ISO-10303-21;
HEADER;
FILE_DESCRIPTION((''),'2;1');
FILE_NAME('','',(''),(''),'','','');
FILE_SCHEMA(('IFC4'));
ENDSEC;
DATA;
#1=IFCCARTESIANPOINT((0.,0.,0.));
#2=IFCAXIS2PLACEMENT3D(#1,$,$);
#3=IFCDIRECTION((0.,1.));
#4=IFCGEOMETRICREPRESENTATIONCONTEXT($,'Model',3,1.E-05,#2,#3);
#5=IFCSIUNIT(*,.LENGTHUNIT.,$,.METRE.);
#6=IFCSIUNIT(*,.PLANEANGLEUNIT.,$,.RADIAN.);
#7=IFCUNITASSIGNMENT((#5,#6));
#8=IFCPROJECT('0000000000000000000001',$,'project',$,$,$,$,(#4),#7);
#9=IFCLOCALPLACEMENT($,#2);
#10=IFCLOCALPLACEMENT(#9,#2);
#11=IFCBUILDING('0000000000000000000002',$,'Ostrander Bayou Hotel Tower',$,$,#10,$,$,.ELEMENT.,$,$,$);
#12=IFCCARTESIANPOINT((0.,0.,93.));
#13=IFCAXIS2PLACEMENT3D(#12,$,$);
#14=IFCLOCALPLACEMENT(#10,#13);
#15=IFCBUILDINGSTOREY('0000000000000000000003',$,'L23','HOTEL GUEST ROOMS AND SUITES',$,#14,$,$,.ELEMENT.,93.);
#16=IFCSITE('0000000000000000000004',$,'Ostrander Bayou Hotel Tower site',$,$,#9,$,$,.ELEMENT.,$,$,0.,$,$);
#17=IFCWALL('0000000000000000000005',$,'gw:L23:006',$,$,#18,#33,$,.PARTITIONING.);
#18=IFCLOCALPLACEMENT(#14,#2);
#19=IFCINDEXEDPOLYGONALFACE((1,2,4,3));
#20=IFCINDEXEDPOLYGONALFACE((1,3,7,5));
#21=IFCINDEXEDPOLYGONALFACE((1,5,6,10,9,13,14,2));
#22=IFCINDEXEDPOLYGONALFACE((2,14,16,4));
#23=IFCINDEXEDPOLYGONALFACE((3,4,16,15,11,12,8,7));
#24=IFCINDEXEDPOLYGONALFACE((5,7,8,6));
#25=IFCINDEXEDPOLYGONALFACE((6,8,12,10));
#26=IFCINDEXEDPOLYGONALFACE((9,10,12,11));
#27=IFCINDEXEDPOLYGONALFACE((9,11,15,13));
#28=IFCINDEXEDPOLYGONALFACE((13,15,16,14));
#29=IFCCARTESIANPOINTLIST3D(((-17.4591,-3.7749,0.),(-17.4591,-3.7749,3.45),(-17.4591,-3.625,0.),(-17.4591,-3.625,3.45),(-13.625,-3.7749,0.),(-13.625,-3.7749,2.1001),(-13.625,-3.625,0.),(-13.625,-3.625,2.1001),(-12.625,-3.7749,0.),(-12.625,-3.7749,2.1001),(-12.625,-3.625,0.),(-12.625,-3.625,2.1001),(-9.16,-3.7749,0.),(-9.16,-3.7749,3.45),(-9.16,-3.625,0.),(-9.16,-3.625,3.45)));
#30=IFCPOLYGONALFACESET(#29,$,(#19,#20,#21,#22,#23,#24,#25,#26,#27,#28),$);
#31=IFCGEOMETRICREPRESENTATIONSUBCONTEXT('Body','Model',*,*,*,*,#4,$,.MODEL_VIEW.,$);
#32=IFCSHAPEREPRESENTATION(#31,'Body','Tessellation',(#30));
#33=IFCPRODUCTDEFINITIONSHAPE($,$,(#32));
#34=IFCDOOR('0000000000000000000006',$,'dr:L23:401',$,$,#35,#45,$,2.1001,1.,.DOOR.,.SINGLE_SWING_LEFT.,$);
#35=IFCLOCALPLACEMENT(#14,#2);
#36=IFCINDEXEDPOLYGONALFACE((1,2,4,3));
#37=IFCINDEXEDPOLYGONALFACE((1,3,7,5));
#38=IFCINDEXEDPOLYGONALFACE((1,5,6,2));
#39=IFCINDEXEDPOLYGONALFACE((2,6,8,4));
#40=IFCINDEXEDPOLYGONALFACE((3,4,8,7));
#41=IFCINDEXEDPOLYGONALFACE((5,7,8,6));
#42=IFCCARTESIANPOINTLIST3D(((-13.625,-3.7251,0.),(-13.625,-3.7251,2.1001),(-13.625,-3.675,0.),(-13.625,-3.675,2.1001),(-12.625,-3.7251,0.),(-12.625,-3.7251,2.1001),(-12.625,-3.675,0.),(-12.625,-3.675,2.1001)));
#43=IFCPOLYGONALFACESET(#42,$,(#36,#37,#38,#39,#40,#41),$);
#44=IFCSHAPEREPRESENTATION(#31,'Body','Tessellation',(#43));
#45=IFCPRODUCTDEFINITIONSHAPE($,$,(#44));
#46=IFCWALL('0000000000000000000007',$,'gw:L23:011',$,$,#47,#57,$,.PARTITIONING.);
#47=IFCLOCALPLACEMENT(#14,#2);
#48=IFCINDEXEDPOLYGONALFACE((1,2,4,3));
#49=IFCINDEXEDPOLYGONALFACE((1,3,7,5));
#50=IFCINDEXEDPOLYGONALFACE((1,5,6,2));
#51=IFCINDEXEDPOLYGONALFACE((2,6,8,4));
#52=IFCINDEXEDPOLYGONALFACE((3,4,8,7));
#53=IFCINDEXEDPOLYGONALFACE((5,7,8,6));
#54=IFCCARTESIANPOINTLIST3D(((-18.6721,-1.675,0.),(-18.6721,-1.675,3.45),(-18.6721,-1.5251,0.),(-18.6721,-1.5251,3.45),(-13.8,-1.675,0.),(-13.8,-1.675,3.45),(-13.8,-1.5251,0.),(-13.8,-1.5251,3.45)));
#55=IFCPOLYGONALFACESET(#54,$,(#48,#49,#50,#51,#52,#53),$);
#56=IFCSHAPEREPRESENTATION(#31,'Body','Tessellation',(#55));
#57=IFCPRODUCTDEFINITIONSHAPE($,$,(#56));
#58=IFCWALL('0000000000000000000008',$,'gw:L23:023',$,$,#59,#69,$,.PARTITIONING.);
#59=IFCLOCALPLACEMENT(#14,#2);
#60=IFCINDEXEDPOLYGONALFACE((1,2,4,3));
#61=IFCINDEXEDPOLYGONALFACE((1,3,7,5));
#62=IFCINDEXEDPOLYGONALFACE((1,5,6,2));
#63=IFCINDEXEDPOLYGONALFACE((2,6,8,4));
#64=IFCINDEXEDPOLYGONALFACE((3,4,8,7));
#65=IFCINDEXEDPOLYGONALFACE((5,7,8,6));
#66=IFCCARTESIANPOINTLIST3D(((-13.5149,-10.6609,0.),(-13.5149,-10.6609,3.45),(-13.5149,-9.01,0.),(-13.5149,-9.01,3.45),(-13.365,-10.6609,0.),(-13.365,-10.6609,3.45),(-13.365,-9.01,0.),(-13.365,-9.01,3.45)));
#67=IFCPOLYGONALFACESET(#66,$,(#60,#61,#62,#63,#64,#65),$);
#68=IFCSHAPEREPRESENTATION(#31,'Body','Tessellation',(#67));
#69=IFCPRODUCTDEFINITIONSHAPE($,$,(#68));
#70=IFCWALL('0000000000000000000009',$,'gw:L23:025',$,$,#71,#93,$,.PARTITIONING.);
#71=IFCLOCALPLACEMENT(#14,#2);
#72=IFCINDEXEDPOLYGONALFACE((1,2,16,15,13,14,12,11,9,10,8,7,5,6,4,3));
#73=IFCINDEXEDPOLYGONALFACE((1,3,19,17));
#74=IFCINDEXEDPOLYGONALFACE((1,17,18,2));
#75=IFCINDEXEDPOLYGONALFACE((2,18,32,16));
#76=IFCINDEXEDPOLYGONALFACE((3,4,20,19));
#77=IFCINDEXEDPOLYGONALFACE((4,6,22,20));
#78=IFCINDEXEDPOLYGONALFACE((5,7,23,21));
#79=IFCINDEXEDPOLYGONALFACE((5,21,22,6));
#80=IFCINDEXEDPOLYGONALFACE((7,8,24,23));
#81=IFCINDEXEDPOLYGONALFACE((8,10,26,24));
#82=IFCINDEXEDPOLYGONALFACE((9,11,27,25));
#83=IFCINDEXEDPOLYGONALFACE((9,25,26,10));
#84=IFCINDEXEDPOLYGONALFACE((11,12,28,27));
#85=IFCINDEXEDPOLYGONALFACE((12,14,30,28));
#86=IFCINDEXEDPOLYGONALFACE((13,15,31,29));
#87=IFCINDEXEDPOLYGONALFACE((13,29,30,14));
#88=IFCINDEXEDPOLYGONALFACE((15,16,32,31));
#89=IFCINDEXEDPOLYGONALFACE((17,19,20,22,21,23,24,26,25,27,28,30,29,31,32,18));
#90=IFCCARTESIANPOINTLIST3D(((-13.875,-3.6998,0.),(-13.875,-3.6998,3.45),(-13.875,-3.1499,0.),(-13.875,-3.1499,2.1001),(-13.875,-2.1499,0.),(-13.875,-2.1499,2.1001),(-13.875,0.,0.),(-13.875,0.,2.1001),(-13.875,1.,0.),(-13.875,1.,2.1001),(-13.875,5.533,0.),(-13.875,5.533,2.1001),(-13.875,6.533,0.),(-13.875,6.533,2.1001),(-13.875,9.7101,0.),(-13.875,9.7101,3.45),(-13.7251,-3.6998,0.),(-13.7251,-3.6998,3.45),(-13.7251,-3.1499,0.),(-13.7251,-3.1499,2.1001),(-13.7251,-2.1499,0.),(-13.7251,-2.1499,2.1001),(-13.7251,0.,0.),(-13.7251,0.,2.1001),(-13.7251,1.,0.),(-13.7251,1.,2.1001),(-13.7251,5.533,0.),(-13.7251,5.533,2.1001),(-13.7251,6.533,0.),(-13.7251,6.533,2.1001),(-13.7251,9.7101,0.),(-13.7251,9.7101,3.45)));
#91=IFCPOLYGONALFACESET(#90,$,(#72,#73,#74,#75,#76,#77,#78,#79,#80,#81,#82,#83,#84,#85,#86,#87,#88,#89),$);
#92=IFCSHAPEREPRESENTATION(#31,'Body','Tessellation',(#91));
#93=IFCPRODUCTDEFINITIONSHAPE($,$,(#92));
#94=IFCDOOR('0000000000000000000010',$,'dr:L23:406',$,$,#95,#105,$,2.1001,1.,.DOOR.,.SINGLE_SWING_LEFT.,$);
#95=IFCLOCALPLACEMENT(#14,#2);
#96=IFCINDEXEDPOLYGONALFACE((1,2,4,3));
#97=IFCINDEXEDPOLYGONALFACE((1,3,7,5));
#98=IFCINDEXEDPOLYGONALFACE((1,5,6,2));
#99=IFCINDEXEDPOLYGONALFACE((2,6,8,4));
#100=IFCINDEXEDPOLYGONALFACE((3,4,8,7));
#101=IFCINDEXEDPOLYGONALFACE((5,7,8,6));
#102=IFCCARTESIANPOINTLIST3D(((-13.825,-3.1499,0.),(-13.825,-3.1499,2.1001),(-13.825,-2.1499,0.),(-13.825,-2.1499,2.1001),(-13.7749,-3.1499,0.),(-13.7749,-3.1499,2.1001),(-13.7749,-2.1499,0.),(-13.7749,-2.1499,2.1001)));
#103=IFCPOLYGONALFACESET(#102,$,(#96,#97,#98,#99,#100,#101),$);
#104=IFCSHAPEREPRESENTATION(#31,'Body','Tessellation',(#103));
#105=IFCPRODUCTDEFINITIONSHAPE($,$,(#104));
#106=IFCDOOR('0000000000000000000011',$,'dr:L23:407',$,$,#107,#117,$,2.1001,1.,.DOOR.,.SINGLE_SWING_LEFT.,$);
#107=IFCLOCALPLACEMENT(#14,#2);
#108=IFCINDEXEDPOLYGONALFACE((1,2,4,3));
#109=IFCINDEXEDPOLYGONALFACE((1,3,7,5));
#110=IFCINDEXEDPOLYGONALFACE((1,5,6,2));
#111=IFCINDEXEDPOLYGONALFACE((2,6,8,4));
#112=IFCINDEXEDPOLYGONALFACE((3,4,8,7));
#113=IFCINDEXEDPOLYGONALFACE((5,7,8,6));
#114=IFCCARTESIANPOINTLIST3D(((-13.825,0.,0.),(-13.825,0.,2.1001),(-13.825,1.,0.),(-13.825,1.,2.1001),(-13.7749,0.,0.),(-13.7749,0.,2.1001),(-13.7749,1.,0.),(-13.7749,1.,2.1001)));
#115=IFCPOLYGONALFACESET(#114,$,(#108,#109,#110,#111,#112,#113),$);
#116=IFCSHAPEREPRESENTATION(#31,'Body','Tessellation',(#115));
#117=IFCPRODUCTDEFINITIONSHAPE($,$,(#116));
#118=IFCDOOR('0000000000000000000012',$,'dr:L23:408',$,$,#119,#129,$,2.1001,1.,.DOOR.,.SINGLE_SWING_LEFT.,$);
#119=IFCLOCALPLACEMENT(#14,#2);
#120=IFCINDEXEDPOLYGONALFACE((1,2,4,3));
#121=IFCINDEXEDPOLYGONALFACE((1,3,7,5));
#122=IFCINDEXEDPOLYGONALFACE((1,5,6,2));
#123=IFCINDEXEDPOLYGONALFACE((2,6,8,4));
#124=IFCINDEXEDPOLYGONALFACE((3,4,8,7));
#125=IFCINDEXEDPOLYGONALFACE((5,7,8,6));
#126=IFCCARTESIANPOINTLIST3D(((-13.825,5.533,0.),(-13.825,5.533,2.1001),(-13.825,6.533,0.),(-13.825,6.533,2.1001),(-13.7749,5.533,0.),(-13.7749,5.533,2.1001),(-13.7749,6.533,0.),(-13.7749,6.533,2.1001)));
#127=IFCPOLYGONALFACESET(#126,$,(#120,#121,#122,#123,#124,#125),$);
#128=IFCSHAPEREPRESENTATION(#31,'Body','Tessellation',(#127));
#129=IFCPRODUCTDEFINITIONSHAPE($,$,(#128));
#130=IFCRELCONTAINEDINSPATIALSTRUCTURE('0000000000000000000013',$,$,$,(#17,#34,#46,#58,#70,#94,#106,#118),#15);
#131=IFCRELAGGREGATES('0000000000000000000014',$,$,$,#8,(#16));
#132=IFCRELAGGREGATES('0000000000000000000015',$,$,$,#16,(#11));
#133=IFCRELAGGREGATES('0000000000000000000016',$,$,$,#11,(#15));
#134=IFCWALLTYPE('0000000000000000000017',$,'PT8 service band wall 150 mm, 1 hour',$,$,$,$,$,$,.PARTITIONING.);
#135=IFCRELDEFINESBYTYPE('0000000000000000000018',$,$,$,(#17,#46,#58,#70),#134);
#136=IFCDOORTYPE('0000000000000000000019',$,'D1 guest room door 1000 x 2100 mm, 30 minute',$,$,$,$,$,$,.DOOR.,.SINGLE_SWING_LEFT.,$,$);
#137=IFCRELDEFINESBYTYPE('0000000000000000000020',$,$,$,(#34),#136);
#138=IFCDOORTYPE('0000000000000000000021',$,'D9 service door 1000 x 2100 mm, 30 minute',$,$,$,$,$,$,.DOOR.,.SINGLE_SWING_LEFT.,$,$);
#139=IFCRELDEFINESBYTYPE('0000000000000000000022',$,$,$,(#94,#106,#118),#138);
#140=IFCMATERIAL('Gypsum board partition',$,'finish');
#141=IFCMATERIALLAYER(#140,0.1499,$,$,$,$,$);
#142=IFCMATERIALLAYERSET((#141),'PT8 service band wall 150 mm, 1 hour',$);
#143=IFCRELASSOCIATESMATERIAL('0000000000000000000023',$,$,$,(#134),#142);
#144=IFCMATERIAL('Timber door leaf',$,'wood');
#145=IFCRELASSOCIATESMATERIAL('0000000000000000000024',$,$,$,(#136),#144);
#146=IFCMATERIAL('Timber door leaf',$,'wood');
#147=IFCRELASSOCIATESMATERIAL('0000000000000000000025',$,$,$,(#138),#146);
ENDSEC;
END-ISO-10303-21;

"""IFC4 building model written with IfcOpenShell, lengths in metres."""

from ifc_helpers import new_model, si_unit, direction, frame, frame_2d, origin, place, context, subcontext, project, spatial, rectangle, extrude, material, layer, layer_set, type_object, element, fill, save


model = new_model("IFC4")

# Units and contexts
model_context = context("Model", 3, precision=1e-05, world=origin(), true_north=direction((0.0, 1.0)))
body_context = subcontext(model_context, "Body", "Model", "MODEL_VIEW")
ifc_project = project(units=[si_unit("LENGTHUNIT", "METRE"), si_unit("PLANEANGLEUNIT", "RADIAN")], contexts=[model_context])

# Site, building, storey
site_placement = place(None, origin())
site = spatial("IfcSite", under=ifc_project, at=site_placement, Name="Ostrander Bayou Hotel Tower site", CompositionType="ELEMENT", RefElevation=0.0)
building_placement = place(site_placement, origin())
building = spatial("IfcBuilding", under=site, at=building_placement, Name="Ostrander Bayou Hotel Tower", CompositionType="ELEMENT")
storey_placement = place(building_placement, frame((0.0, 0.0, 93.0)))
storey = spatial("IfcBuildingStorey", under=building, at=storey_placement, Name="L23", Description="HOTEL GUEST ROOMS AND SUITES", CompositionType="ELEMENT", Elevation=93.0)

# Shared definitions
ifc_material_1 = material(Name="Gypsum board partition", Category="finish")
ifc_layer_1 = layer(ifc_material_1, 0.1499)
ifc_layer_set_1 = layer_set([ifc_layer_1], Name="PT8 service band wall 150 mm, 1 hour")
wall_type_1 = type_object("IfcWallType", Name="PT8 service band wall 150 mm, 1 hour", PredefinedType="PARTITIONING", material=ifc_layer_set_1)

# Wall, opening, door
wall_1_placement = place(storey_placement, frame((-17.459, -3.7, 0.0), z_axis=(0.0, 0.0, 1.0), x_axis=(1.0, 0.0, 0.0)))
wall_1 = element("IfcWall", 1, at=wall_1_placement, inside=storey, type_object=wall_type_1, Name="gw:L23:006", PredefinedType="PARTITIONING", context=body_context, shape_type="SweptSolid", body=[
    extrude(rectangle(XDim=8.2991, YDim=0.1499, at=frame_2d((4.1494, 0.0))), origin(), (0.0, 0.0, 1.0), 3.45),
])
opening_1_placement = place(wall_1_placement, frame((3.834, 0.0, 0.0)))
opening_1 = element("IfcOpeningElement", 2, at=opening_1_placement, cuts=wall_1, PredefinedType="OPENING", context=body_context, shape_type="SweptSolid", body=[
    extrude(rectangle(XDim=1.0, YDim=2.1001, at=frame_2d((0.5, 1.05))), frame((0.0, 0.075, 0.0), z_axis=(0.0, -1.0, 0.0), x_axis=(1.0, 0.0, 0.0)), (0.0, 0.0, 1.0), 0.1499),
])
ifc_material_2 = material(Name="Timber door leaf", Category="wood")
door_type_1 = type_object("IfcDoorType", Name="D1 guest room door 1000 x 2100 mm, 30 minute", OperationType="SINGLE_SWING_LEFT", PredefinedType="DOOR", material=ifc_material_2)
door_1_placement = place(opening_1_placement, origin())
door_1 = element("IfcDoor", 3, at=door_1_placement, inside=storey, type_object=door_type_1, Name="dr:L23:401", OperationType="SINGLE_SWING_LEFT", OverallHeight=2.1001, OverallWidth=1.0, PredefinedType="DOOR", context=body_context, shape_type="SweptSolid", body=[
    extrude(rectangle(XDim=1.0, YDim=2.1001, at=frame_2d((0.5, 1.05))), frame((0.0, 0.0249, 0.0), z_axis=(0.0, -1.0, 0.0), x_axis=(1.0, 0.0, 0.0)), (0.0, 0.0, 1.0), 0.05),
])
fill(opening_1, door_1)

# Walls
wall_2_placement = place(storey_placement, frame((-18.6721, -1.6001, 0.0), z_axis=(0.0, 0.0, 1.0), x_axis=(1.0, 0.0, 0.0)))
element("IfcWall", 4, at=wall_2_placement, inside=storey, type_object=wall_type_1, Name="gw:L23:011", PredefinedType="PARTITIONING", context=body_context, shape_type="SweptSolid", body=[
    extrude(rectangle(XDim=4.8721, YDim=0.1499, at=frame_2d((2.436, 0.0))), origin(), (0.0, 0.0, 1.0), 3.45),
])
wall_3_placement = place(storey_placement, frame((-13.4399, -10.6609, 0.0), z_axis=(0.0, 0.0, 1.0), x_axis=(0.0, 1.0, 0.0)))
element("IfcWall", 5, at=wall_3_placement, inside=storey, type_object=wall_type_1, Name="gw:L23:023", PredefinedType="PARTITIONING", context=body_context, shape_type="SweptSolid", body=[
    extrude(rectangle(XDim=1.6509, YDim=0.1499, at=frame_2d((0.8254, 0.0))), origin(), (0.0, 0.0, 1.0), 3.45),
])

# Wall, openings, doors
wall_4_placement = place(storey_placement, frame((-13.8, -3.7, 0.0), z_axis=(0.0, 0.0, 1.0), x_axis=(0.0, 1.0, 0.0)))
wall_4 = element("IfcWall", 6, at=wall_4_placement, inside=storey, type_object=wall_type_1, Name="gw:L23:025", PredefinedType="PARTITIONING", context=body_context, shape_type="SweptSolid", body=[
    extrude(rectangle(XDim=13.4099, YDim=0.1499, at=frame_2d((6.7051, 0.0))), origin(), (0.0, 0.0, 1.0), 3.45),
])
opening_2_placement = place(wall_4_placement, frame((0.55, 0.0, 0.0)))
opening_2 = element("IfcOpeningElement", 7, at=opening_2_placement, cuts=wall_4, PredefinedType="OPENING", context=body_context, shape_type="SweptSolid", body=[
    extrude(rectangle(XDim=1.0, YDim=2.1001, at=frame_2d((0.5, 1.05))), frame((0.0, 0.075, 0.0), z_axis=(0.0, -1.0, 0.0), x_axis=(1.0, 0.0, 0.0)), (0.0, 0.0, 1.0), 0.1499),
])
opening_3_placement = place(wall_4_placement, frame((3.7, 0.0, 0.0)))
opening_3 = element("IfcOpeningElement", 8, at=opening_3_placement, cuts=wall_4, PredefinedType="OPENING", context=body_context, shape_type="SweptSolid", body=[
    extrude(rectangle(XDim=1.0, YDim=2.1001, at=frame_2d((0.5, 1.05))), frame((0.0, 0.075, 0.0), z_axis=(0.0, -1.0, 0.0), x_axis=(1.0, 0.0, 0.0)), (0.0, 0.0, 1.0), 0.1499),
])
opening_4_placement = place(wall_4_placement, frame((9.2329, 0.0, 0.0)))
opening_4 = element("IfcOpeningElement", 9, at=opening_4_placement, cuts=wall_4, PredefinedType="OPENING", context=body_context, shape_type="SweptSolid", body=[
    extrude(rectangle(XDim=1.0, YDim=2.1001, at=frame_2d((0.5, 1.05))), frame((0.0, 0.075, 0.0), z_axis=(0.0, -1.0, 0.0), x_axis=(1.0, 0.0, 0.0)), (0.0, 0.0, 1.0), 0.1499),
])
ifc_material_3 = material(Name="Timber door leaf", Category="wood")
door_type_2 = type_object("IfcDoorType", Name="D9 service door 1000 x 2100 mm, 30 minute", OperationType="SINGLE_SWING_LEFT", PredefinedType="DOOR", material=ifc_material_3)
door_2_placement = place(opening_2_placement, origin())
door_2 = element("IfcDoor", 10, at=door_2_placement, inside=storey, type_object=door_type_2, Name="dr:L23:406", OperationType="SINGLE_SWING_LEFT", OverallHeight=2.1001, OverallWidth=1.0, PredefinedType="DOOR", context=body_context, shape_type="SweptSolid", body=[
    extrude(rectangle(XDim=1.0, YDim=2.1001, at=frame_2d((0.5, 1.05))), frame((0.0, 0.0249, 0.0), z_axis=(0.0, -1.0, 0.0), x_axis=(1.0, 0.0, 0.0)), (0.0, 0.0, 1.0), 0.05),
])
fill(opening_2, door_2)
door_3_placement = place(opening_3_placement, origin())
door_3 = element("IfcDoor", 11, at=door_3_placement, inside=storey, type_object=door_type_2, Name="dr:L23:407", OperationType="SINGLE_SWING_LEFT", OverallHeight=2.1001, OverallWidth=1.0, PredefinedType="DOOR", context=body_context, shape_type="SweptSolid", body=[
    extrude(rectangle(XDim=1.0, YDim=2.1001, at=frame_2d((0.5, 1.05))), frame((0.0, 0.0249, 0.0), z_axis=(0.0, -1.0, 0.0), x_axis=(1.0, 0.0, 0.0)), (0.0, 0.0, 1.0), 0.05),
])
fill(opening_3, door_3)
door_4_placement = place(opening_4_placement, origin())
door_4 = element("IfcDoor", 12, at=door_4_placement, inside=storey, type_object=door_type_2, Name="dr:L23:408", OperationType="SINGLE_SWING_LEFT", OverallHeight=2.1001, OverallWidth=1.0, PredefinedType="DOOR", context=body_context, shape_type="SweptSolid", body=[
    extrude(rectangle(XDim=1.0, YDim=2.1001, at=frame_2d((0.5, 1.05))), frame((0.0, 0.0249, 0.0), z_axis=(0.0, -1.0, 0.0), x_axis=(1.0, 0.0, 0.0)), (0.0, 0.0, 1.0), 0.05),
])
fill(opening_4, door_4)

save(model, "model.ifc")
